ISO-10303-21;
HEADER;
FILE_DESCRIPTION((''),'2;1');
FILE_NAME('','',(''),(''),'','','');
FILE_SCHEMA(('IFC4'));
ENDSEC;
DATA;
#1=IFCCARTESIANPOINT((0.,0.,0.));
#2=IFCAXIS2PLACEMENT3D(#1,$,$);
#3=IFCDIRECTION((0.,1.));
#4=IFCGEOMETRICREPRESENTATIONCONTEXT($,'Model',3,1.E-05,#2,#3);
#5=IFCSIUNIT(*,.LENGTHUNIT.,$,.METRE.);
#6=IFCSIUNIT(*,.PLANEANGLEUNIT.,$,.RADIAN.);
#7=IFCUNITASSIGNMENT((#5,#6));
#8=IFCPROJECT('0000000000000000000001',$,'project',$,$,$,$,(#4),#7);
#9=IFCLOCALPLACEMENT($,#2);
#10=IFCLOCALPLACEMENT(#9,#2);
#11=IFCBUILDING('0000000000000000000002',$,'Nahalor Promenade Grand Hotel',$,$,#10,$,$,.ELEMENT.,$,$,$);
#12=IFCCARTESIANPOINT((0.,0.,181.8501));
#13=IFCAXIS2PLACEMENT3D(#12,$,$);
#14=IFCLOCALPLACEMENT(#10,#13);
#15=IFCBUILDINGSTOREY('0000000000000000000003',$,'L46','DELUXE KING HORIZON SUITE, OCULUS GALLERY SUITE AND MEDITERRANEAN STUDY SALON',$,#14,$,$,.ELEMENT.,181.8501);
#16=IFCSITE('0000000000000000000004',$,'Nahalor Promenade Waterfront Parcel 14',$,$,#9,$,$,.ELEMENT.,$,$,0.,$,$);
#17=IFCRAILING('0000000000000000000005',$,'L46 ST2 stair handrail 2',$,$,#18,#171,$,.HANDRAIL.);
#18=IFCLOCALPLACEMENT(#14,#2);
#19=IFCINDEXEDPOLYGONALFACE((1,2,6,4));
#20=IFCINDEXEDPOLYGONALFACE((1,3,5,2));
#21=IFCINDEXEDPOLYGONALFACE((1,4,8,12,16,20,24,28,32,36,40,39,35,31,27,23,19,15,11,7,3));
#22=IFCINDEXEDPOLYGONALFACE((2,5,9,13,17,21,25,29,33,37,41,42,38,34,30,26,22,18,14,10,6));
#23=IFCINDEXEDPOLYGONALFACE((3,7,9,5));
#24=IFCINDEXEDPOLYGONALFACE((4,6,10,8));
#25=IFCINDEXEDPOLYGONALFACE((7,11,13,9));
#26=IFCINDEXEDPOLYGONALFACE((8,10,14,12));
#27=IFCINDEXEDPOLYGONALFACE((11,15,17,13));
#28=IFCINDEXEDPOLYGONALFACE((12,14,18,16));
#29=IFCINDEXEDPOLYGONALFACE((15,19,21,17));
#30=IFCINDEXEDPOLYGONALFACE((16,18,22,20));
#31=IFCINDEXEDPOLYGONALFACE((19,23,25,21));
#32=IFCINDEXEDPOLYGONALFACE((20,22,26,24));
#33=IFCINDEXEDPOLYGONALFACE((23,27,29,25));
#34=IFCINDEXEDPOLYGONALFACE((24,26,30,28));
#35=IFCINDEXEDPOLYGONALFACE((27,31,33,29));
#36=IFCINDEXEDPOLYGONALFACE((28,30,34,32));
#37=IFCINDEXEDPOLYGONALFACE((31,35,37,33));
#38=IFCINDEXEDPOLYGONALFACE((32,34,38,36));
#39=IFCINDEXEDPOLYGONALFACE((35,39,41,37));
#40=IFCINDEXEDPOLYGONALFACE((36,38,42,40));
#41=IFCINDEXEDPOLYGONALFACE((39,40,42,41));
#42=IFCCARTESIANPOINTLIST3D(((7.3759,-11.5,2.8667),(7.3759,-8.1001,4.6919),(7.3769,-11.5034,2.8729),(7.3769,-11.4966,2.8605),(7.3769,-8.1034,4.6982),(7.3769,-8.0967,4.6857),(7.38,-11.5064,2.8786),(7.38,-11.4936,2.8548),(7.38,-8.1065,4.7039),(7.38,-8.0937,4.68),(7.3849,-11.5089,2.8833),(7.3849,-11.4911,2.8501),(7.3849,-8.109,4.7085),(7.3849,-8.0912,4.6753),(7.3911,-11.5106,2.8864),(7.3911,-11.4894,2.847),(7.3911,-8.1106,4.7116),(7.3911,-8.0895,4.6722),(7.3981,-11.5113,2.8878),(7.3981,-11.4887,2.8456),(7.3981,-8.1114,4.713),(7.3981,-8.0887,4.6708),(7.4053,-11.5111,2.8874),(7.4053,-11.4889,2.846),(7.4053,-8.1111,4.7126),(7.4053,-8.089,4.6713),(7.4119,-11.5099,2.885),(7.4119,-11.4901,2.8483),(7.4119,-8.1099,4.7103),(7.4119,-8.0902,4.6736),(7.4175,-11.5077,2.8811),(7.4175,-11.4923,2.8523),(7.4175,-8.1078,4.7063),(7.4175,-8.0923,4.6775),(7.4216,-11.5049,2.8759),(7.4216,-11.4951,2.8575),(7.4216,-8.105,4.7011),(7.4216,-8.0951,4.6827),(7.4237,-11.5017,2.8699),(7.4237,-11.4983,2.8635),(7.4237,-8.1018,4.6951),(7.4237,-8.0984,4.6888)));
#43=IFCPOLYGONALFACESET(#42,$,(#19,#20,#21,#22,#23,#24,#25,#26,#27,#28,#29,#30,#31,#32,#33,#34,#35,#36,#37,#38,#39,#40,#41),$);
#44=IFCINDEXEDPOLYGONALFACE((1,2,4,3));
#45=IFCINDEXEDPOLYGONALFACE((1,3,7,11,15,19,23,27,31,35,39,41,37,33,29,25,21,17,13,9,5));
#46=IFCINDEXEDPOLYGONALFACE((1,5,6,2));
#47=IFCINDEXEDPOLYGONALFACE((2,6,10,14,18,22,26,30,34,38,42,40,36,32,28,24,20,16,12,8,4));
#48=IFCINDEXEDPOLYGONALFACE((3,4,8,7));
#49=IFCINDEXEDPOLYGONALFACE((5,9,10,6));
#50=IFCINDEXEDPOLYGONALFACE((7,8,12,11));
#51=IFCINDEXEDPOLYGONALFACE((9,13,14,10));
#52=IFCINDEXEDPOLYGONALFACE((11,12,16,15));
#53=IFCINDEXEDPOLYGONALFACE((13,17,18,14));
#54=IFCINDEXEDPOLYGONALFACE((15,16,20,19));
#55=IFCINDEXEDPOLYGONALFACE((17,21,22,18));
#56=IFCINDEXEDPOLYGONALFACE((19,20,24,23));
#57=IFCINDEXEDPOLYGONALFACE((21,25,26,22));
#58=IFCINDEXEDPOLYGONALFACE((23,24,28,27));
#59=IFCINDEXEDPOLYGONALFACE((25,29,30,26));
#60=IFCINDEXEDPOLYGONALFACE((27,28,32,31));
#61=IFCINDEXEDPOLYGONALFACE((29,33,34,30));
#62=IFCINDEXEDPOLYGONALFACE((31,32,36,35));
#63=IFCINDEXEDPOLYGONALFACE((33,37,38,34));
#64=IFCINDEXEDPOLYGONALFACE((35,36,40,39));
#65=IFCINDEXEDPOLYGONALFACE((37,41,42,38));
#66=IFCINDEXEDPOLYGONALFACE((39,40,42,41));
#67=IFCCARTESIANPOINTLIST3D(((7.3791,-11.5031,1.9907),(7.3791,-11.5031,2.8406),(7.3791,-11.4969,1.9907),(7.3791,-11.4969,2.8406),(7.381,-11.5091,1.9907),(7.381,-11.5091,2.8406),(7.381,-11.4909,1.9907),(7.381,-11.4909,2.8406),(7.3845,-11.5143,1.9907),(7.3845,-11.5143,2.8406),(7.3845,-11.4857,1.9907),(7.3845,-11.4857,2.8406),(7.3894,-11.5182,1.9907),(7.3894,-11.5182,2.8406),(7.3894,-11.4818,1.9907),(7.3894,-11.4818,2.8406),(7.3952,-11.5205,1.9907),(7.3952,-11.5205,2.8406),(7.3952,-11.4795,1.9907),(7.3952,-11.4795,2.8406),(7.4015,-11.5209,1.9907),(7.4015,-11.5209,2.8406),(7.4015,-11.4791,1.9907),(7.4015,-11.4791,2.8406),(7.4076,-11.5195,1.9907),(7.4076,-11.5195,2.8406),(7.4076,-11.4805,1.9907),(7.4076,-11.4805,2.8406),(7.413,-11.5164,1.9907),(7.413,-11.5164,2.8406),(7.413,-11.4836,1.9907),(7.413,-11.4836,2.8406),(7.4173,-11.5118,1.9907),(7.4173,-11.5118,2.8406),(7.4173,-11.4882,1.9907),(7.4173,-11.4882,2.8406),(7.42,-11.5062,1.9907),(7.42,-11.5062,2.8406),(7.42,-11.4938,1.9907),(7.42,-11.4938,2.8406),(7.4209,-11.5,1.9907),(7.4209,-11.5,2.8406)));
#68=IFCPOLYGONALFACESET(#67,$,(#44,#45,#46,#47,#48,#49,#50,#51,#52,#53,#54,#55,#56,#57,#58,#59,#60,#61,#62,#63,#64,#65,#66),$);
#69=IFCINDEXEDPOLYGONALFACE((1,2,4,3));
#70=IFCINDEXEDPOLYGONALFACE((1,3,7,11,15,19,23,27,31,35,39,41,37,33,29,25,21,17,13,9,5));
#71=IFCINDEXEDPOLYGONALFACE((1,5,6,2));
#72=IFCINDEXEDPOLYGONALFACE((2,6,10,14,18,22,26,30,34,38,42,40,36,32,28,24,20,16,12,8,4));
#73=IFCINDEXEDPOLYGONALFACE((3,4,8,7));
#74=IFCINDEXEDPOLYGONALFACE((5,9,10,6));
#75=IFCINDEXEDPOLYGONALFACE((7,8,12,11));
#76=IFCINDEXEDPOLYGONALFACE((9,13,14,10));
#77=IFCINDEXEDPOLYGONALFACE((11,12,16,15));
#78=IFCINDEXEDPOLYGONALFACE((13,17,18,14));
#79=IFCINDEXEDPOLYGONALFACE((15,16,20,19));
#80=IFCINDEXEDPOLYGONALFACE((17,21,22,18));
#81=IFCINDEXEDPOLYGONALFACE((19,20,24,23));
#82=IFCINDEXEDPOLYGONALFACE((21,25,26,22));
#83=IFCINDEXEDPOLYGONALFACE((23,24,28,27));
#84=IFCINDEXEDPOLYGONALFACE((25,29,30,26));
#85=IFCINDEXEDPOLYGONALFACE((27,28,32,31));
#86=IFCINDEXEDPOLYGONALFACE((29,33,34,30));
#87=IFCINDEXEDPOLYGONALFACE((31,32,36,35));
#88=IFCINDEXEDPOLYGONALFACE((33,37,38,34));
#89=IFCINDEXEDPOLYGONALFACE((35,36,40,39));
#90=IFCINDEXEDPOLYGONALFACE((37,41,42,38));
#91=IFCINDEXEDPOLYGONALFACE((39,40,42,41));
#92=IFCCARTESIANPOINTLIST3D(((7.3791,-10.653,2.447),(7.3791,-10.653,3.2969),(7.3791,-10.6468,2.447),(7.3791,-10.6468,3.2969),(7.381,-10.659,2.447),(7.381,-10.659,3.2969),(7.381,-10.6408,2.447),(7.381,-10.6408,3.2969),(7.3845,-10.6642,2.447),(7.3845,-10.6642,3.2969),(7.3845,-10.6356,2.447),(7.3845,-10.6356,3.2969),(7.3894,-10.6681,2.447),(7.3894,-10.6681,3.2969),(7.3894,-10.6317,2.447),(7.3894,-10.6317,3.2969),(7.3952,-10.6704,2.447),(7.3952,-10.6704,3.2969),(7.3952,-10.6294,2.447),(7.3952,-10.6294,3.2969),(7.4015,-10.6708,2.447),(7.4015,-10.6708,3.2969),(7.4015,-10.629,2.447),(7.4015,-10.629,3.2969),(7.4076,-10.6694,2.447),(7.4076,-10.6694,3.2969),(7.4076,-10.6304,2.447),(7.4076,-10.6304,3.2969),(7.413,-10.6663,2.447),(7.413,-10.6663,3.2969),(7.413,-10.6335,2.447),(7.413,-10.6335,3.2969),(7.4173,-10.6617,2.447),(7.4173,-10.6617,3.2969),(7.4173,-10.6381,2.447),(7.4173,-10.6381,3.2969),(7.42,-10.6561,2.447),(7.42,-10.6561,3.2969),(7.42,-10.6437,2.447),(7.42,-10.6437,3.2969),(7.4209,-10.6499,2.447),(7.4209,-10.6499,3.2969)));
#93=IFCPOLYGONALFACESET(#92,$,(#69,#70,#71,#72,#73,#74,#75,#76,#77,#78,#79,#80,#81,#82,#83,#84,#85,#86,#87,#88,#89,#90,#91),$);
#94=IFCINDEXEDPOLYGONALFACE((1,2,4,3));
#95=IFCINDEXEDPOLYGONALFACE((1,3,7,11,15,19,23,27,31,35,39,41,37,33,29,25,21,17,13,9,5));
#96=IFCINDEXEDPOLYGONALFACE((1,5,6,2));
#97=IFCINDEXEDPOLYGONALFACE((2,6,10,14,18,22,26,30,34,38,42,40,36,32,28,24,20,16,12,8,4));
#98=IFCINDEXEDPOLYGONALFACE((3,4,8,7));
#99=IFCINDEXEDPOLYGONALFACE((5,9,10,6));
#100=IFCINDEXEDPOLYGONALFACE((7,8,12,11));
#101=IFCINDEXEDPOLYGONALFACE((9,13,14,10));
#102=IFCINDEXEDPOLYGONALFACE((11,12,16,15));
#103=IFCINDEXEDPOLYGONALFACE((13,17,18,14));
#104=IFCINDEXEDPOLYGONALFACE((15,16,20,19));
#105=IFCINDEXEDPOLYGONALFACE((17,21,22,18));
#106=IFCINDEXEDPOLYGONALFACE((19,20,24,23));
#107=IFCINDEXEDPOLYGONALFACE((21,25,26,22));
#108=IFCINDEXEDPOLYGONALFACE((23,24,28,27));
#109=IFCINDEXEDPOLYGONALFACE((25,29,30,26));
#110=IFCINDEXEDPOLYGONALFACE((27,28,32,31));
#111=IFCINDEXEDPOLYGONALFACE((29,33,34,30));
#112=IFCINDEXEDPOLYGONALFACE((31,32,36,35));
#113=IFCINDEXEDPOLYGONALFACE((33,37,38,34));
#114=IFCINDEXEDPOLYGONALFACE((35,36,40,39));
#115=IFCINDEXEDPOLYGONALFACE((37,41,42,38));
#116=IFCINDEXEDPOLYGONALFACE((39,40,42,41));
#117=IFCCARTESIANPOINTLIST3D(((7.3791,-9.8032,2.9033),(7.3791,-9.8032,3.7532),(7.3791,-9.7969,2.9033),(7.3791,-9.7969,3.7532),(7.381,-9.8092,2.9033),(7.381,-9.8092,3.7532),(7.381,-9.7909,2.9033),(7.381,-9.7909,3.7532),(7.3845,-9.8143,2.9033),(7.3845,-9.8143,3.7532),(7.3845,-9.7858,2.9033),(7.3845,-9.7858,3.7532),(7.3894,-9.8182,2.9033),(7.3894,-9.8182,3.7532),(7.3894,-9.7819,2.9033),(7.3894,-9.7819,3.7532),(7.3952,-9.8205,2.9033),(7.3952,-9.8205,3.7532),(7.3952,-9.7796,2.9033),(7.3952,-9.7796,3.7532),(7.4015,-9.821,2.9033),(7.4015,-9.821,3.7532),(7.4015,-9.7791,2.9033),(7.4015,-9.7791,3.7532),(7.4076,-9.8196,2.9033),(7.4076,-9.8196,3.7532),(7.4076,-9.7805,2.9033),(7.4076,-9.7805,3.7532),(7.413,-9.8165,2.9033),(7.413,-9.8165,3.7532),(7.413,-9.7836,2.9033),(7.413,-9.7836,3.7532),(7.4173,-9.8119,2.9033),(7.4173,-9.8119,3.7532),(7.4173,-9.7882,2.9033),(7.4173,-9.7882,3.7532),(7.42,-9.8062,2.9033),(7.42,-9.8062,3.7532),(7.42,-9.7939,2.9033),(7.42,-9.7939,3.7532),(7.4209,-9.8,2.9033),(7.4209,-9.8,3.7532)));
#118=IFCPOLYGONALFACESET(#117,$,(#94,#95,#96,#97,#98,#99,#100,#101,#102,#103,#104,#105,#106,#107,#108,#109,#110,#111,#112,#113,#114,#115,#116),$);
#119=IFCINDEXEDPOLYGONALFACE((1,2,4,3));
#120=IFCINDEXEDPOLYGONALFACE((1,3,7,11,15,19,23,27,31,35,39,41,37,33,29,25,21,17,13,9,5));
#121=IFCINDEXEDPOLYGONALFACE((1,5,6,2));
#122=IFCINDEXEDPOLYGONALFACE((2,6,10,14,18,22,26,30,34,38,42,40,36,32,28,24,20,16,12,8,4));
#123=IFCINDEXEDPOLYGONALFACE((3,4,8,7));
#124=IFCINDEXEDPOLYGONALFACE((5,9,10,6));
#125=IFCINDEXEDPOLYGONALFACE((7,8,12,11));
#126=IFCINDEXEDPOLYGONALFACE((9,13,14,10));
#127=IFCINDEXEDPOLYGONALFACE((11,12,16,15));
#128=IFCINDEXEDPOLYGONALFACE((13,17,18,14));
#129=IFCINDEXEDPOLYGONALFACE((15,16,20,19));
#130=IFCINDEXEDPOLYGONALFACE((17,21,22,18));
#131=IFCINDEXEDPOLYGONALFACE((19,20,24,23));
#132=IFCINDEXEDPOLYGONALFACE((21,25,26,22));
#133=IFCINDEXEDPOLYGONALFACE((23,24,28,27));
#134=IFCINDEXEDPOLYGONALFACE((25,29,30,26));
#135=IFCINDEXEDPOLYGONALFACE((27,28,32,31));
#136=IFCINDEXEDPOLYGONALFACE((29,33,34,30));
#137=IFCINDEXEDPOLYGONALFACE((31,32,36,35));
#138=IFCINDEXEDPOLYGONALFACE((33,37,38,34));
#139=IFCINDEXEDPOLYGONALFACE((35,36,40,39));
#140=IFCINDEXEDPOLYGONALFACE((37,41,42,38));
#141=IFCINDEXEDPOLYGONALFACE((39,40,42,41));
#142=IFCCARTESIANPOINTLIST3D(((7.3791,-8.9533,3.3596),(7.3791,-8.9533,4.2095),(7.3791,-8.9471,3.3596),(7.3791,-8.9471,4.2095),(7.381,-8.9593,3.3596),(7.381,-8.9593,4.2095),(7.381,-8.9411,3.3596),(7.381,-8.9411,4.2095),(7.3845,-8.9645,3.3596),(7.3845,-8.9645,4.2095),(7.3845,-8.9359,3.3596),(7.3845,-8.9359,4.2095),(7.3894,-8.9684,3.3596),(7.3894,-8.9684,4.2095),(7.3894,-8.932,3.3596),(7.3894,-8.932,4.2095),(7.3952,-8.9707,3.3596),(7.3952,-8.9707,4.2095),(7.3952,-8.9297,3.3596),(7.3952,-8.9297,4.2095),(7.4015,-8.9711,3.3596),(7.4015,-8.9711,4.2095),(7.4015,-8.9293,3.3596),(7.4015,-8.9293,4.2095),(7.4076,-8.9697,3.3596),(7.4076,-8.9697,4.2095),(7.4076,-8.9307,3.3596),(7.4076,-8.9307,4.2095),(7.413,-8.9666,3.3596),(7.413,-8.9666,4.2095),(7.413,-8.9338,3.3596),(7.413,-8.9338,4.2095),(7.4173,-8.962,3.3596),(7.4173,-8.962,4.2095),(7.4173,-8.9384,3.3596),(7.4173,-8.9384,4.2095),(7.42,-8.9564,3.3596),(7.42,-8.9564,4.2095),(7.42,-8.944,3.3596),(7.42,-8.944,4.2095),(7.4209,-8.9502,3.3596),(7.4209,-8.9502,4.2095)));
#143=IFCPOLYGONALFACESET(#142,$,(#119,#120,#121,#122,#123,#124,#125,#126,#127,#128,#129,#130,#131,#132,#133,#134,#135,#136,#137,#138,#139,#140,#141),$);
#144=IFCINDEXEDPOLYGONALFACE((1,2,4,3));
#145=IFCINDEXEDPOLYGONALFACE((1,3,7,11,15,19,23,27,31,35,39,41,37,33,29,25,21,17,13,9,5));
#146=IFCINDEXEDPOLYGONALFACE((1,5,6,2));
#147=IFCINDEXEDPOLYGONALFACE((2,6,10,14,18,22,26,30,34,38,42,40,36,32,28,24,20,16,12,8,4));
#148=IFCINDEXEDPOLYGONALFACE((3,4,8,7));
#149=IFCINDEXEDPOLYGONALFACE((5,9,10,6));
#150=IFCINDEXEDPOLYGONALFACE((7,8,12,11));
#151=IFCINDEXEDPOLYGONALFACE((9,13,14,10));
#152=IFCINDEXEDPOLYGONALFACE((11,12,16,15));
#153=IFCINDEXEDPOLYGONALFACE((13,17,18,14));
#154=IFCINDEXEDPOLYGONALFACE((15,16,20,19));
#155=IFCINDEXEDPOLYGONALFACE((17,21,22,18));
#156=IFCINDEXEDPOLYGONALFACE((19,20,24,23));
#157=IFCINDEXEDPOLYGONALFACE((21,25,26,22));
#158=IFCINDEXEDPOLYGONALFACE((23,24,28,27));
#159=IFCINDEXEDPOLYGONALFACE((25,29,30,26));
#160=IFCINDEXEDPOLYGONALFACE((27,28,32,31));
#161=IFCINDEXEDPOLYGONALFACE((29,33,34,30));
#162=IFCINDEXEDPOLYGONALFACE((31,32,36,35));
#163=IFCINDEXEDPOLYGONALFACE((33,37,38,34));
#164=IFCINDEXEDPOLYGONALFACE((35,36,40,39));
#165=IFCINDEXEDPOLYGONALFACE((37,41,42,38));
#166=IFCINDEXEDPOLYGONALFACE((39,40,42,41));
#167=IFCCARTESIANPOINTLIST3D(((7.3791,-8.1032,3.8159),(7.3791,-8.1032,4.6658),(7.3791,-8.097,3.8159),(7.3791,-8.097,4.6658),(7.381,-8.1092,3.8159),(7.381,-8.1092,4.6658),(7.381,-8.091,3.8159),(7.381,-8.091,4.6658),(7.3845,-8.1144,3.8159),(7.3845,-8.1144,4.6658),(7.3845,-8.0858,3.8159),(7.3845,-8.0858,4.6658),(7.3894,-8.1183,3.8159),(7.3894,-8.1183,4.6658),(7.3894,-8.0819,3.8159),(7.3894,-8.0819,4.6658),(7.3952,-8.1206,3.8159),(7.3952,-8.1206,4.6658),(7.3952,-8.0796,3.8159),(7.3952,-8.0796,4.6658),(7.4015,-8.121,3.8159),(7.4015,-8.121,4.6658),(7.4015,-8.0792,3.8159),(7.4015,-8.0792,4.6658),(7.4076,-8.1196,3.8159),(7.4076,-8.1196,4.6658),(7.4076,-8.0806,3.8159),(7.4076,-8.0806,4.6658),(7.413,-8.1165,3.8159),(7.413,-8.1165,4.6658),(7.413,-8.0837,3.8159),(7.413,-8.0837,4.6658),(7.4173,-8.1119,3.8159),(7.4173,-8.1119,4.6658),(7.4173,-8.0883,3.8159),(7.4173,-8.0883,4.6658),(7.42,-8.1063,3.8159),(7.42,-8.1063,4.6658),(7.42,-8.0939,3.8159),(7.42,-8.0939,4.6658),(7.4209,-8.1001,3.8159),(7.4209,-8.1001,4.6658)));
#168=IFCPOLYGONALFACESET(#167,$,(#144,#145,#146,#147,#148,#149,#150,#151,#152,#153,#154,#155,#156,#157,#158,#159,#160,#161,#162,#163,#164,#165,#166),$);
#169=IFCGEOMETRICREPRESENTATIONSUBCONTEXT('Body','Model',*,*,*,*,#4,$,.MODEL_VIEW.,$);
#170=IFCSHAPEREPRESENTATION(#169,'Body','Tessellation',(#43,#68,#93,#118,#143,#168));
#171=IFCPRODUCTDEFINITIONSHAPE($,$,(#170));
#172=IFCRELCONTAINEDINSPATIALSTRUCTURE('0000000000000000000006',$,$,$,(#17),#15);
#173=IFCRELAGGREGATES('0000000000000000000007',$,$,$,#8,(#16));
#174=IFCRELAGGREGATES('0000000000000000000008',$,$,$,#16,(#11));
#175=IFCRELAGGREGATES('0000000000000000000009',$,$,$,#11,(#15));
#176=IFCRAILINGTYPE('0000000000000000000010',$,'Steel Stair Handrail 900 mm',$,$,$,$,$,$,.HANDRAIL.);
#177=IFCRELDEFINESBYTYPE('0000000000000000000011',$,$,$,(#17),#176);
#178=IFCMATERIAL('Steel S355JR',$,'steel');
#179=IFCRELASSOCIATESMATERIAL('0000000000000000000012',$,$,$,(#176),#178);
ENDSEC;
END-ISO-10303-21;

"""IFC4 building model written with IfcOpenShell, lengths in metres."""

from ifc_helpers import new_model, si_unit, direction, frame, origin, origin_2d, place, context, subcontext, project, spatial, circle, extrude, material, type_object, element, save


model = new_model("IFC4")

# Units and contexts
model_context = context("Model", 3, precision=1e-05, world=origin(), true_north=direction((0.0, 1.0)))
body_context = subcontext(model_context, "Body", "Model", "MODEL_VIEW")
ifc_project = project(units=[si_unit("LENGTHUNIT", "METRE"), si_unit("PLANEANGLEUNIT", "RADIAN")], contexts=[model_context])

# Site, building, storey
site_placement = place(None, origin())
site = spatial("IfcSite", under=ifc_project, at=site_placement, Name="Nahalor Promenade Waterfront Parcel 14", CompositionType="ELEMENT", RefElevation=0.0)
building_placement = place(site_placement, origin())
building = spatial("IfcBuilding", under=site, at=building_placement, Name="Nahalor Promenade Grand Hotel", CompositionType="ELEMENT")
storey_placement = place(building_placement, frame((0.0, 0.0, 181.8501)))
storey = spatial("IfcBuildingStorey", under=building, at=storey_placement, Name="L46", Description="DELUXE KING HORIZON SUITE, OCULUS GALLERY SUITE AND MEDITERRANEAN STUDY SALON", CompositionType="ELEMENT", Elevation=181.8501)

# Shared definitions
ifc_material_1 = material(Name="Steel S355JR", Category="steel")

# Railing
railing_type_1 = type_object("IfcRailingType", Name="Steel Stair Handrail 900 mm", PredefinedType="HANDRAIL", material=ifc_material_1)
railing_1_placement = place(storey_placement, frame((7.3999, -11.5, 1.9907)))
element("IfcRailing", 1, at=railing_1_placement, inside=storey, type_object=railing_type_1, Name="L46 ST2 stair handrail 2", PredefinedType="HANDRAIL", context=body_context, shape_type="SweptSolid", body=[
    extrude(circle(Radius=0.024, at=origin_2d()), frame((0.0, 0.0, 0.876), z_axis=(0.0, 0.881068, 0.47299), x_axis=(-1.0, 0.0, 0.0)), (0.0, 0.0, 1.0), 3.8589),
    extrude(circle(Radius=0.021, at=origin_2d()), origin(), (0.0, 0.0, 1.0), 0.8499),
    extrude(circle(Radius=0.021, at=origin_2d()), frame((0.0, 0.8501, 0.4563)), (0.0, 0.0, 1.0), 0.8499),
    extrude(circle(Radius=0.021, at=origin_2d()), frame((0.0, 1.7, 0.9126)), (0.0, 0.0, 1.0), 0.8499),
    extrude(circle(Radius=0.021, at=origin_2d()), frame((0.0, 2.5498, 1.3689)), (0.0, 0.0, 1.0), 0.8499),
    extrude(circle(Radius=0.021, at=origin_2d()), frame((0.0, 3.3999, 1.8252)), (0.0, 0.0, 1.0), 0.8499),
])

save(model, "model.ifc")
